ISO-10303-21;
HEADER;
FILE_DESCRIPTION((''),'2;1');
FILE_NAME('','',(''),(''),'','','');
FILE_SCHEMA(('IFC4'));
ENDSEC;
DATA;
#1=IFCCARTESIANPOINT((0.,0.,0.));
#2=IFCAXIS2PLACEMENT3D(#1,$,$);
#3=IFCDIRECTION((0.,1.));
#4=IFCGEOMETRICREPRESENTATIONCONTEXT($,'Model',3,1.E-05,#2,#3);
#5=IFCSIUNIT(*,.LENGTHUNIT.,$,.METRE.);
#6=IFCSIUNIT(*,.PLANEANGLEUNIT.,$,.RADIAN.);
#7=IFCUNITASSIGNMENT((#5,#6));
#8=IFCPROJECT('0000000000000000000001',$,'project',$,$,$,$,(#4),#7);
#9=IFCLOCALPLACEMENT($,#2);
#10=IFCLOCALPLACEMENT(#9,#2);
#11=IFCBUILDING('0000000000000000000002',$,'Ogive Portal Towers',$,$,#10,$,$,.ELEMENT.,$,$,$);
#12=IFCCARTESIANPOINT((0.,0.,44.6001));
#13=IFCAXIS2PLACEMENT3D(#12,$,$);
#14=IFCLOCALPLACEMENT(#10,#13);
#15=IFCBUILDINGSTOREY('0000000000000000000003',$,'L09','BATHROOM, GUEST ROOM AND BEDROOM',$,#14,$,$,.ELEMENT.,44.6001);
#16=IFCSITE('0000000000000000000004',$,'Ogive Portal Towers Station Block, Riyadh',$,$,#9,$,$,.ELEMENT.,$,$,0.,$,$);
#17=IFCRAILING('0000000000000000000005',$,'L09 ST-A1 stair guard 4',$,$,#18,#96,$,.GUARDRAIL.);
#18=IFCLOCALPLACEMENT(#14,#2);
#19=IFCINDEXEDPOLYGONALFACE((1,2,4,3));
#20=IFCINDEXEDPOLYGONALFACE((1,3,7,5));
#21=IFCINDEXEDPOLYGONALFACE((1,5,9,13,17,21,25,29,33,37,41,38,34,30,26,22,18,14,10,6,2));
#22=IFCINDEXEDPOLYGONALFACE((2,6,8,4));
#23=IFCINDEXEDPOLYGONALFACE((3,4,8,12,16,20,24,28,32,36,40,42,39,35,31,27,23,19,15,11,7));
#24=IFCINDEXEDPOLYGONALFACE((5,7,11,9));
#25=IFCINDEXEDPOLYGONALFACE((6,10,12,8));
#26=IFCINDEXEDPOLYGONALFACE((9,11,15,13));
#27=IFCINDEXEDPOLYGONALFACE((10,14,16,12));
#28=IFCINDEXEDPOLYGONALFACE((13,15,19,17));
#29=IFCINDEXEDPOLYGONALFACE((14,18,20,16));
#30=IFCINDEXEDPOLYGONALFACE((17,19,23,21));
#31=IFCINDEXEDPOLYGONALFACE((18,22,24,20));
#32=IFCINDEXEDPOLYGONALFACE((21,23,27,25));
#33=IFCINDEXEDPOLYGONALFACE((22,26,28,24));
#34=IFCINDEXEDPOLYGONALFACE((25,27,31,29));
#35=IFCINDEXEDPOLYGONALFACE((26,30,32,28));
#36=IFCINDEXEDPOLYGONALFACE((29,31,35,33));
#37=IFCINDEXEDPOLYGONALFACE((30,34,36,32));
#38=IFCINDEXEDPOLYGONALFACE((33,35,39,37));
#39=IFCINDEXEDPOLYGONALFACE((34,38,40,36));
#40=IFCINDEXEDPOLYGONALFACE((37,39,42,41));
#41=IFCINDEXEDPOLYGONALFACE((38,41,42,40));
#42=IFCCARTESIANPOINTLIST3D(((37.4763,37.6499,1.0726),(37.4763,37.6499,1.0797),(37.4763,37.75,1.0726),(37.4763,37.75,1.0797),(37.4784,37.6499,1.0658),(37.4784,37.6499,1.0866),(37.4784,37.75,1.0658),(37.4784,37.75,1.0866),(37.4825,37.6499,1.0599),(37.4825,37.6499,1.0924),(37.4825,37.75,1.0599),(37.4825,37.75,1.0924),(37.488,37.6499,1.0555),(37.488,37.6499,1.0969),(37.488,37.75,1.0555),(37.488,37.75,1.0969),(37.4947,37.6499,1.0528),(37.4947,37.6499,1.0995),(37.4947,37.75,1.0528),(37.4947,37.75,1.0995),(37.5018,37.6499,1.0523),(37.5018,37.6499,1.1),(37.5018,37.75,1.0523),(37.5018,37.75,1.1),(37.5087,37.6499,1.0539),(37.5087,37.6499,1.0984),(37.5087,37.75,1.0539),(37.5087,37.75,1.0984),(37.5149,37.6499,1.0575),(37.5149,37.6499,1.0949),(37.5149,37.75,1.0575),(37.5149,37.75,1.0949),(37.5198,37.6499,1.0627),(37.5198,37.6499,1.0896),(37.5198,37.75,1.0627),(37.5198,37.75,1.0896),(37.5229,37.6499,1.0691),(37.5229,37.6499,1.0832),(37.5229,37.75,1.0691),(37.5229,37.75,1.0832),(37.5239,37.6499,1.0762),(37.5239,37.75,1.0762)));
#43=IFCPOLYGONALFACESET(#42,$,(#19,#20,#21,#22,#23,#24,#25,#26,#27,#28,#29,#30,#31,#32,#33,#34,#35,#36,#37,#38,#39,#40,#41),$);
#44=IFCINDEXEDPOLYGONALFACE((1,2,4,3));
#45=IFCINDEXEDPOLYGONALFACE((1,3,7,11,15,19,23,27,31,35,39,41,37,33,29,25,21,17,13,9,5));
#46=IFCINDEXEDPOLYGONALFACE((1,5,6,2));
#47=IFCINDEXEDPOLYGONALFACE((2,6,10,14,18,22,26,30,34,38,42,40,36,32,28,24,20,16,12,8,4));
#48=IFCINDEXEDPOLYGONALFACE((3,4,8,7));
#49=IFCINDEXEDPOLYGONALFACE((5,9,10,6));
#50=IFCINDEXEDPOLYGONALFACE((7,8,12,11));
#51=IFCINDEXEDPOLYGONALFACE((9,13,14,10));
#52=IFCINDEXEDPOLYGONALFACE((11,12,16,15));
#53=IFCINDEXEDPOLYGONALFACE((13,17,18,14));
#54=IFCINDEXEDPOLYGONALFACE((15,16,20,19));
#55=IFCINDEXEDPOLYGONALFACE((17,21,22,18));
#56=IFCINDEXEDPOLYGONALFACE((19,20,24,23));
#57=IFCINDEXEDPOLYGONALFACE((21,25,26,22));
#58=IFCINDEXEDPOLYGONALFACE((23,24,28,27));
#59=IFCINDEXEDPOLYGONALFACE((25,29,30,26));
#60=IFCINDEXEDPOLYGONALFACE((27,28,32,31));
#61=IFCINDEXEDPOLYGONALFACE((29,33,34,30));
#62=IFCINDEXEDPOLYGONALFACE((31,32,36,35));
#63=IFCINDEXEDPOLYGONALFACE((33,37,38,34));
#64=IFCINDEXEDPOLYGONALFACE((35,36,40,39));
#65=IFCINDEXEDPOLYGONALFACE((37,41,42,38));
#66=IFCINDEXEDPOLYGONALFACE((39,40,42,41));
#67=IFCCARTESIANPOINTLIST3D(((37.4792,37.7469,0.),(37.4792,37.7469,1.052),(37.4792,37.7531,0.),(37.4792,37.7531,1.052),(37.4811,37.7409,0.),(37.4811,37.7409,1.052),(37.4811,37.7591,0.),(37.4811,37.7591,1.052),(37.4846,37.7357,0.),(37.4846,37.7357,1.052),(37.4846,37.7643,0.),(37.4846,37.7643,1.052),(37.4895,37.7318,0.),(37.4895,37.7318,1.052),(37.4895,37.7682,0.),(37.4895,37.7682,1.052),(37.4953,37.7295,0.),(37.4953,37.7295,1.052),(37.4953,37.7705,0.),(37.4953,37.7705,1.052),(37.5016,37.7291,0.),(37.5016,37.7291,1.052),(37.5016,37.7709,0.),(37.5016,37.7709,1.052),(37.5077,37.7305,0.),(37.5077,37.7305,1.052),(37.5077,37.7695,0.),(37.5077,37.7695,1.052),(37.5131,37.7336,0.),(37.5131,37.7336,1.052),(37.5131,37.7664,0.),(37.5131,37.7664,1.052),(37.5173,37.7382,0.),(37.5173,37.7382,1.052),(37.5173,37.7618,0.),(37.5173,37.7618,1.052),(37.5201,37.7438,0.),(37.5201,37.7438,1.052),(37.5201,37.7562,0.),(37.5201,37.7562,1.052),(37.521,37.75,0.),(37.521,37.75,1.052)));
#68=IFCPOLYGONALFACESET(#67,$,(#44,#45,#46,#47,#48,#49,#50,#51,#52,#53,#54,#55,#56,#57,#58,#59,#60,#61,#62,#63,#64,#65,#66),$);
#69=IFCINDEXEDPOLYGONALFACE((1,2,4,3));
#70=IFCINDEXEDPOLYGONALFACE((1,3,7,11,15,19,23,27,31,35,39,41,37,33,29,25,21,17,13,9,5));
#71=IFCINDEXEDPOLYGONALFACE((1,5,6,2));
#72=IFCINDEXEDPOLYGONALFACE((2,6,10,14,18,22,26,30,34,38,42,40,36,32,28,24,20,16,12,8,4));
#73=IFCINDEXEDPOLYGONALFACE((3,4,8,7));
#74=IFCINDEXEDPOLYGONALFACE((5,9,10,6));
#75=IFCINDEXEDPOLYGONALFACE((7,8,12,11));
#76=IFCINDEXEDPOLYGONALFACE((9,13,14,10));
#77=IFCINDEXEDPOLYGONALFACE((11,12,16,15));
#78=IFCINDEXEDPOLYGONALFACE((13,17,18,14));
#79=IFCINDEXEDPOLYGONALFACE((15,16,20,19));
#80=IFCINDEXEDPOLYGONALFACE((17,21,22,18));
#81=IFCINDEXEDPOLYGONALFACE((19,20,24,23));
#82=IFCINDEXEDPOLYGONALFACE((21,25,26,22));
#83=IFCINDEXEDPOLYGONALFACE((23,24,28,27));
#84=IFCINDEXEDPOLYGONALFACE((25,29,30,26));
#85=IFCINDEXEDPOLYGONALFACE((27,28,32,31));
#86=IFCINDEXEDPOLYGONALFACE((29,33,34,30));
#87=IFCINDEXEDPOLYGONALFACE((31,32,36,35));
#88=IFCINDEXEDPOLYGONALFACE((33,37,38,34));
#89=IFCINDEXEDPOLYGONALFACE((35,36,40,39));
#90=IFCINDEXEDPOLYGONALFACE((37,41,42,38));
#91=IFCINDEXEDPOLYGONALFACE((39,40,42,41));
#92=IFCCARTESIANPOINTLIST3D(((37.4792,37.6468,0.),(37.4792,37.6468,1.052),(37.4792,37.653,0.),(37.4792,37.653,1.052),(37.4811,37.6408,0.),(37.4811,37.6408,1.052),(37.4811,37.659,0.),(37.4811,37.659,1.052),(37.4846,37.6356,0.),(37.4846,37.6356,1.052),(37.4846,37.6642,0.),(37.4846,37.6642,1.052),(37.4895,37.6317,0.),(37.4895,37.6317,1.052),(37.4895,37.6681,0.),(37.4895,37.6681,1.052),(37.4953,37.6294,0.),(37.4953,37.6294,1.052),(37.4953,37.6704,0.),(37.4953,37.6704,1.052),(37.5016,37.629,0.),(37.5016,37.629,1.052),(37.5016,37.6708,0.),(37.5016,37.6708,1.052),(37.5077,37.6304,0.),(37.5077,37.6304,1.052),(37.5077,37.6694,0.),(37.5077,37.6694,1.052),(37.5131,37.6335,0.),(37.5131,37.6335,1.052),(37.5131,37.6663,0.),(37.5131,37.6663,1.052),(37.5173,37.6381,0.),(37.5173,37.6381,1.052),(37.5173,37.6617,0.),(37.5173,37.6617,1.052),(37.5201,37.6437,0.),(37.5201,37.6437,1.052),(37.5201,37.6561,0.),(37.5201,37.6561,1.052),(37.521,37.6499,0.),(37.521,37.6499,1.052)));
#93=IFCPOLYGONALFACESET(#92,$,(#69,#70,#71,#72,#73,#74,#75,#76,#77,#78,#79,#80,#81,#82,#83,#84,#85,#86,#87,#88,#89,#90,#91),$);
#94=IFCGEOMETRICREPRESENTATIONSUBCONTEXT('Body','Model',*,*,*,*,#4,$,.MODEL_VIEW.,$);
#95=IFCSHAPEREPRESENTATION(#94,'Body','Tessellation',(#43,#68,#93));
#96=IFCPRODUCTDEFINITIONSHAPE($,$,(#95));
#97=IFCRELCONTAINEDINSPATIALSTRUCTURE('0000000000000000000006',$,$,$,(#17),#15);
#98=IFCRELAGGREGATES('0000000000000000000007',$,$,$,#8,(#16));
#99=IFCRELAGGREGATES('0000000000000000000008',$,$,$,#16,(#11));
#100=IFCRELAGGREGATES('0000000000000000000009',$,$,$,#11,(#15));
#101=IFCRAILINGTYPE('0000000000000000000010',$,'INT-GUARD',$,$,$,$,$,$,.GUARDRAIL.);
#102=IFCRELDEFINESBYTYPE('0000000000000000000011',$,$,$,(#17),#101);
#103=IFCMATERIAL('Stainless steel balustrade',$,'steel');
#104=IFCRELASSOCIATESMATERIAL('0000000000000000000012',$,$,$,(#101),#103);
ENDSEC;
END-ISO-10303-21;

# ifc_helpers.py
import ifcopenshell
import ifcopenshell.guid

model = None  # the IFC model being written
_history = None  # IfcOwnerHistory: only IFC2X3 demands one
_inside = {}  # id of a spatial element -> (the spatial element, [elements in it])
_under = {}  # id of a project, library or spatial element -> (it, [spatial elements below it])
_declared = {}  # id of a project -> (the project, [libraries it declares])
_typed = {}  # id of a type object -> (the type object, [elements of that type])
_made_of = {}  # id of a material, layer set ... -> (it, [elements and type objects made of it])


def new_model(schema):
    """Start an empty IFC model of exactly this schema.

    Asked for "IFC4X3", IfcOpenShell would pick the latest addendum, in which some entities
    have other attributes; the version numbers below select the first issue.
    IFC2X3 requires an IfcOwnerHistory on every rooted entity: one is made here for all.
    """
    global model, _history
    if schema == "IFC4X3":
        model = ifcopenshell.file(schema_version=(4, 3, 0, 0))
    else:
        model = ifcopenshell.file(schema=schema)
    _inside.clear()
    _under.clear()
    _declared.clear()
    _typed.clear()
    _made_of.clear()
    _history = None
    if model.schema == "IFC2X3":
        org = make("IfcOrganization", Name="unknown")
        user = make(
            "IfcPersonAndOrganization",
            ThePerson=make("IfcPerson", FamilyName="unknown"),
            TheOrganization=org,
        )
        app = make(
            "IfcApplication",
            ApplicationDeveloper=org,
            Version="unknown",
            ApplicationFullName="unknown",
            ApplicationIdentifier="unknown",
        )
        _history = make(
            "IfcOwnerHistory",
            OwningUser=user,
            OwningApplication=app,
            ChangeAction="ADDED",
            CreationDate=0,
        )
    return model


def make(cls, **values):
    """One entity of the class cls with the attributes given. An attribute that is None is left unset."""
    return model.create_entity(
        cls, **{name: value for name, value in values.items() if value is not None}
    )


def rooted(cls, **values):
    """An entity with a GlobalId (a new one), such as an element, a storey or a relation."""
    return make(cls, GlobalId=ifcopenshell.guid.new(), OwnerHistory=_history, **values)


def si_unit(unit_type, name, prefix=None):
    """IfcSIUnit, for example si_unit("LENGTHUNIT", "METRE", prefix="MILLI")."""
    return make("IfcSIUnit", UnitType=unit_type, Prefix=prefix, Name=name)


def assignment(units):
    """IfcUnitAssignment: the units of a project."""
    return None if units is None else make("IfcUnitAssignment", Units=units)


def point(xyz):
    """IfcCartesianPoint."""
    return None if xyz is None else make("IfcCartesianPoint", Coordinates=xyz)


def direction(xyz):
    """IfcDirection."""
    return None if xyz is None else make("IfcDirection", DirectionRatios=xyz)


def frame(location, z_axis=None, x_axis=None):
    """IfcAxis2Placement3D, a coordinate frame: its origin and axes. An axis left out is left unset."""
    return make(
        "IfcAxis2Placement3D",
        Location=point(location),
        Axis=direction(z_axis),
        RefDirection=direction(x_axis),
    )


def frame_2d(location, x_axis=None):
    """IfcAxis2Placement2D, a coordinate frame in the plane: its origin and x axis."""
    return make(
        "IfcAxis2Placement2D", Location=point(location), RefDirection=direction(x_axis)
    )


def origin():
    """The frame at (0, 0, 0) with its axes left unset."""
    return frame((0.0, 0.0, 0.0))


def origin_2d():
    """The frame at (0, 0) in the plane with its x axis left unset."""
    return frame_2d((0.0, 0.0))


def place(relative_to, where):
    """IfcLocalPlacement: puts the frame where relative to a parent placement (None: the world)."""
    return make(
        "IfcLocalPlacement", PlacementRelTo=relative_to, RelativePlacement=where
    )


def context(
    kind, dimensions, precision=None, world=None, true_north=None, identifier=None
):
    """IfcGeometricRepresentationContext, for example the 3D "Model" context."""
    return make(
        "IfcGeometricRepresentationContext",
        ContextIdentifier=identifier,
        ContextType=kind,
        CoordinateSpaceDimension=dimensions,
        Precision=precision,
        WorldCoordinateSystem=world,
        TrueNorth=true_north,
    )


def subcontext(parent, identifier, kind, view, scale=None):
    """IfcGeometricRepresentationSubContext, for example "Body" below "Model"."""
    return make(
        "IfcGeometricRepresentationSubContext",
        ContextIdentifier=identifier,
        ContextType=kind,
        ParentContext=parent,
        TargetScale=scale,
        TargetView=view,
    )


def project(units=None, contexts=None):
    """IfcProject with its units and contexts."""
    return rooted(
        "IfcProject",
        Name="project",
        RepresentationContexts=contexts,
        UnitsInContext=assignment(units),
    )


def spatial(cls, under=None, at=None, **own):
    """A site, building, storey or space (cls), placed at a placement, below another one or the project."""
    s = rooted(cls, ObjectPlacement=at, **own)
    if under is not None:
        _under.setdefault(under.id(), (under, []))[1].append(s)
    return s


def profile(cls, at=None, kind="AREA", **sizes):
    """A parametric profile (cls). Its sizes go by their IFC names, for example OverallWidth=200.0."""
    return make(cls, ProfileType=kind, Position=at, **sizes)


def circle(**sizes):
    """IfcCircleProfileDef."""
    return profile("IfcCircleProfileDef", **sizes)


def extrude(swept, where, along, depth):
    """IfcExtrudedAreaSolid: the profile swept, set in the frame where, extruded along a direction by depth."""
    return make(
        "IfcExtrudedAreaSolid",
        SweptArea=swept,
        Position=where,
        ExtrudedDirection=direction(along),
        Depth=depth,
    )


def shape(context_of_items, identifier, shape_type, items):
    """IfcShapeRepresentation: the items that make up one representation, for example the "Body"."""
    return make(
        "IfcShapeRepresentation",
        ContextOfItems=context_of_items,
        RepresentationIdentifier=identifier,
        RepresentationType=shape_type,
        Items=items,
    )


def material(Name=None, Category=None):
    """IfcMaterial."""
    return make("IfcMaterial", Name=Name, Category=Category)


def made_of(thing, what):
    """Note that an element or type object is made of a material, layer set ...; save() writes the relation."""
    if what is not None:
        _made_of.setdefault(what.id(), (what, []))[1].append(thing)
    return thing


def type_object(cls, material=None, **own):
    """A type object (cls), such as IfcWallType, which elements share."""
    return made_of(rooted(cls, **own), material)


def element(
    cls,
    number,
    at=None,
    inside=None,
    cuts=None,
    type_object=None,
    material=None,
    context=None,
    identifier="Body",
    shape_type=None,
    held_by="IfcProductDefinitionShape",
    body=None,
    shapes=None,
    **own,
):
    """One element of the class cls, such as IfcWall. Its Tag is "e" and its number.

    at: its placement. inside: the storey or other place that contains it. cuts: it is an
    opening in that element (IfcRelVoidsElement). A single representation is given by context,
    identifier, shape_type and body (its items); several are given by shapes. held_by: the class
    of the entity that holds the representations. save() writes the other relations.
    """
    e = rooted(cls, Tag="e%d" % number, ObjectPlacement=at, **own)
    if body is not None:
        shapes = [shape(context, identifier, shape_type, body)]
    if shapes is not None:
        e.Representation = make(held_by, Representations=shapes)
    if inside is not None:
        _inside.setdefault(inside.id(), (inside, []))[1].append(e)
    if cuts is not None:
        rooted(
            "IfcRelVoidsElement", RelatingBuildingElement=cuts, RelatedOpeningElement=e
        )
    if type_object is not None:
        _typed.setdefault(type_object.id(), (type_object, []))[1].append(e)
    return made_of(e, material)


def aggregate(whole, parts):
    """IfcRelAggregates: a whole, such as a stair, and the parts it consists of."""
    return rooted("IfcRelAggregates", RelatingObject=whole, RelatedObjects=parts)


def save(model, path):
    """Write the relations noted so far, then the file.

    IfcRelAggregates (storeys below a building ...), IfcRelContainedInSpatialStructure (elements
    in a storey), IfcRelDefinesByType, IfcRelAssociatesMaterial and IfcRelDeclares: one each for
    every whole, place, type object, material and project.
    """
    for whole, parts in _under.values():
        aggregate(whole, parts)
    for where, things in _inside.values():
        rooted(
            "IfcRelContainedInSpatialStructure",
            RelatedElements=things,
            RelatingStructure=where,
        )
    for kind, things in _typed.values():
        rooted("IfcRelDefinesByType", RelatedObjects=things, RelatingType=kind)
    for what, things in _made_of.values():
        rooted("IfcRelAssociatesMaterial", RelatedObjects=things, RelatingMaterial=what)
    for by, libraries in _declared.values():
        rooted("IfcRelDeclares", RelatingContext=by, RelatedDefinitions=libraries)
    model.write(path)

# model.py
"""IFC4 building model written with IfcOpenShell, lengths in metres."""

from ifc_helpers import new_model, si_unit, direction, frame, origin, origin_2d, place, context, subcontext, project, spatial, circle, extrude, material, type_object, element, save


model = new_model("IFC4")

# Units and contexts
model_context = context("Model", 3, precision=1e-05, world=origin(), true_north=direction((0.0, 1.0)))
body_context = subcontext(model_context, "Body", "Model", "MODEL_VIEW")
ifc_project = project(units=[si_unit("LENGTHUNIT", "METRE"), si_unit("PLANEANGLEUNIT", "RADIAN")], contexts=[model_context])

# Site, building, storey
site_placement = place(None, origin())
site = spatial("IfcSite", under=ifc_project, at=site_placement, Name="Ogive Portal Towers Station Block, Riyadh", CompositionType="ELEMENT", RefElevation=0.0)
building_placement = place(site_placement, origin())
building = spatial("IfcBuilding", under=site, at=building_placement, Name="Ogive Portal Towers", CompositionType="ELEMENT")
storey_placement = place(building_placement, frame((0.0, 0.0, 44.6001)))
storey = spatial("IfcBuildingStorey", under=building, at=storey_placement, Name="L09", Description="BATHROOM, GUEST ROOM AND BEDROOM", CompositionType="ELEMENT", Elevation=44.6001)

# Railing
ifc_material_1 = material(Name="Stainless steel balustrade", Category="steel")
railing_type_1 = type_object("IfcRailingType", Name="INT-GUARD", PredefinedType="GUARDRAIL", material=ifc_material_1)
railing_1_placement = place(storey_placement, frame((37.5, 37.75, 0.0)))
element("IfcRailing", 1, at=railing_1_placement, inside=storey, type_object=railing_type_1, Name="L09 ST-A1 stair guard 4", PredefinedType="GUARDRAIL", context=body_context, shape_type="SweptSolid", body=[
    extrude(circle(Radius=0.0239, at=origin_2d()), frame((0.0, 0.0, 1.0762), z_axis=(0.0, -1.0, 0.0), x_axis=(1.0, 0.0, 0.0)), (0.0, 0.0, 1.0), 0.1001),
    extrude(circle(Radius=0.021, at=origin_2d()), origin(), (0.0, 0.0, 1.0), 1.052),
    extrude(circle(Radius=0.021, at=origin_2d()), frame((0.0, -0.1001, 0.0)), (0.0, 0.0, 1.0), 1.052),
])

save(model, "model.ifc")
